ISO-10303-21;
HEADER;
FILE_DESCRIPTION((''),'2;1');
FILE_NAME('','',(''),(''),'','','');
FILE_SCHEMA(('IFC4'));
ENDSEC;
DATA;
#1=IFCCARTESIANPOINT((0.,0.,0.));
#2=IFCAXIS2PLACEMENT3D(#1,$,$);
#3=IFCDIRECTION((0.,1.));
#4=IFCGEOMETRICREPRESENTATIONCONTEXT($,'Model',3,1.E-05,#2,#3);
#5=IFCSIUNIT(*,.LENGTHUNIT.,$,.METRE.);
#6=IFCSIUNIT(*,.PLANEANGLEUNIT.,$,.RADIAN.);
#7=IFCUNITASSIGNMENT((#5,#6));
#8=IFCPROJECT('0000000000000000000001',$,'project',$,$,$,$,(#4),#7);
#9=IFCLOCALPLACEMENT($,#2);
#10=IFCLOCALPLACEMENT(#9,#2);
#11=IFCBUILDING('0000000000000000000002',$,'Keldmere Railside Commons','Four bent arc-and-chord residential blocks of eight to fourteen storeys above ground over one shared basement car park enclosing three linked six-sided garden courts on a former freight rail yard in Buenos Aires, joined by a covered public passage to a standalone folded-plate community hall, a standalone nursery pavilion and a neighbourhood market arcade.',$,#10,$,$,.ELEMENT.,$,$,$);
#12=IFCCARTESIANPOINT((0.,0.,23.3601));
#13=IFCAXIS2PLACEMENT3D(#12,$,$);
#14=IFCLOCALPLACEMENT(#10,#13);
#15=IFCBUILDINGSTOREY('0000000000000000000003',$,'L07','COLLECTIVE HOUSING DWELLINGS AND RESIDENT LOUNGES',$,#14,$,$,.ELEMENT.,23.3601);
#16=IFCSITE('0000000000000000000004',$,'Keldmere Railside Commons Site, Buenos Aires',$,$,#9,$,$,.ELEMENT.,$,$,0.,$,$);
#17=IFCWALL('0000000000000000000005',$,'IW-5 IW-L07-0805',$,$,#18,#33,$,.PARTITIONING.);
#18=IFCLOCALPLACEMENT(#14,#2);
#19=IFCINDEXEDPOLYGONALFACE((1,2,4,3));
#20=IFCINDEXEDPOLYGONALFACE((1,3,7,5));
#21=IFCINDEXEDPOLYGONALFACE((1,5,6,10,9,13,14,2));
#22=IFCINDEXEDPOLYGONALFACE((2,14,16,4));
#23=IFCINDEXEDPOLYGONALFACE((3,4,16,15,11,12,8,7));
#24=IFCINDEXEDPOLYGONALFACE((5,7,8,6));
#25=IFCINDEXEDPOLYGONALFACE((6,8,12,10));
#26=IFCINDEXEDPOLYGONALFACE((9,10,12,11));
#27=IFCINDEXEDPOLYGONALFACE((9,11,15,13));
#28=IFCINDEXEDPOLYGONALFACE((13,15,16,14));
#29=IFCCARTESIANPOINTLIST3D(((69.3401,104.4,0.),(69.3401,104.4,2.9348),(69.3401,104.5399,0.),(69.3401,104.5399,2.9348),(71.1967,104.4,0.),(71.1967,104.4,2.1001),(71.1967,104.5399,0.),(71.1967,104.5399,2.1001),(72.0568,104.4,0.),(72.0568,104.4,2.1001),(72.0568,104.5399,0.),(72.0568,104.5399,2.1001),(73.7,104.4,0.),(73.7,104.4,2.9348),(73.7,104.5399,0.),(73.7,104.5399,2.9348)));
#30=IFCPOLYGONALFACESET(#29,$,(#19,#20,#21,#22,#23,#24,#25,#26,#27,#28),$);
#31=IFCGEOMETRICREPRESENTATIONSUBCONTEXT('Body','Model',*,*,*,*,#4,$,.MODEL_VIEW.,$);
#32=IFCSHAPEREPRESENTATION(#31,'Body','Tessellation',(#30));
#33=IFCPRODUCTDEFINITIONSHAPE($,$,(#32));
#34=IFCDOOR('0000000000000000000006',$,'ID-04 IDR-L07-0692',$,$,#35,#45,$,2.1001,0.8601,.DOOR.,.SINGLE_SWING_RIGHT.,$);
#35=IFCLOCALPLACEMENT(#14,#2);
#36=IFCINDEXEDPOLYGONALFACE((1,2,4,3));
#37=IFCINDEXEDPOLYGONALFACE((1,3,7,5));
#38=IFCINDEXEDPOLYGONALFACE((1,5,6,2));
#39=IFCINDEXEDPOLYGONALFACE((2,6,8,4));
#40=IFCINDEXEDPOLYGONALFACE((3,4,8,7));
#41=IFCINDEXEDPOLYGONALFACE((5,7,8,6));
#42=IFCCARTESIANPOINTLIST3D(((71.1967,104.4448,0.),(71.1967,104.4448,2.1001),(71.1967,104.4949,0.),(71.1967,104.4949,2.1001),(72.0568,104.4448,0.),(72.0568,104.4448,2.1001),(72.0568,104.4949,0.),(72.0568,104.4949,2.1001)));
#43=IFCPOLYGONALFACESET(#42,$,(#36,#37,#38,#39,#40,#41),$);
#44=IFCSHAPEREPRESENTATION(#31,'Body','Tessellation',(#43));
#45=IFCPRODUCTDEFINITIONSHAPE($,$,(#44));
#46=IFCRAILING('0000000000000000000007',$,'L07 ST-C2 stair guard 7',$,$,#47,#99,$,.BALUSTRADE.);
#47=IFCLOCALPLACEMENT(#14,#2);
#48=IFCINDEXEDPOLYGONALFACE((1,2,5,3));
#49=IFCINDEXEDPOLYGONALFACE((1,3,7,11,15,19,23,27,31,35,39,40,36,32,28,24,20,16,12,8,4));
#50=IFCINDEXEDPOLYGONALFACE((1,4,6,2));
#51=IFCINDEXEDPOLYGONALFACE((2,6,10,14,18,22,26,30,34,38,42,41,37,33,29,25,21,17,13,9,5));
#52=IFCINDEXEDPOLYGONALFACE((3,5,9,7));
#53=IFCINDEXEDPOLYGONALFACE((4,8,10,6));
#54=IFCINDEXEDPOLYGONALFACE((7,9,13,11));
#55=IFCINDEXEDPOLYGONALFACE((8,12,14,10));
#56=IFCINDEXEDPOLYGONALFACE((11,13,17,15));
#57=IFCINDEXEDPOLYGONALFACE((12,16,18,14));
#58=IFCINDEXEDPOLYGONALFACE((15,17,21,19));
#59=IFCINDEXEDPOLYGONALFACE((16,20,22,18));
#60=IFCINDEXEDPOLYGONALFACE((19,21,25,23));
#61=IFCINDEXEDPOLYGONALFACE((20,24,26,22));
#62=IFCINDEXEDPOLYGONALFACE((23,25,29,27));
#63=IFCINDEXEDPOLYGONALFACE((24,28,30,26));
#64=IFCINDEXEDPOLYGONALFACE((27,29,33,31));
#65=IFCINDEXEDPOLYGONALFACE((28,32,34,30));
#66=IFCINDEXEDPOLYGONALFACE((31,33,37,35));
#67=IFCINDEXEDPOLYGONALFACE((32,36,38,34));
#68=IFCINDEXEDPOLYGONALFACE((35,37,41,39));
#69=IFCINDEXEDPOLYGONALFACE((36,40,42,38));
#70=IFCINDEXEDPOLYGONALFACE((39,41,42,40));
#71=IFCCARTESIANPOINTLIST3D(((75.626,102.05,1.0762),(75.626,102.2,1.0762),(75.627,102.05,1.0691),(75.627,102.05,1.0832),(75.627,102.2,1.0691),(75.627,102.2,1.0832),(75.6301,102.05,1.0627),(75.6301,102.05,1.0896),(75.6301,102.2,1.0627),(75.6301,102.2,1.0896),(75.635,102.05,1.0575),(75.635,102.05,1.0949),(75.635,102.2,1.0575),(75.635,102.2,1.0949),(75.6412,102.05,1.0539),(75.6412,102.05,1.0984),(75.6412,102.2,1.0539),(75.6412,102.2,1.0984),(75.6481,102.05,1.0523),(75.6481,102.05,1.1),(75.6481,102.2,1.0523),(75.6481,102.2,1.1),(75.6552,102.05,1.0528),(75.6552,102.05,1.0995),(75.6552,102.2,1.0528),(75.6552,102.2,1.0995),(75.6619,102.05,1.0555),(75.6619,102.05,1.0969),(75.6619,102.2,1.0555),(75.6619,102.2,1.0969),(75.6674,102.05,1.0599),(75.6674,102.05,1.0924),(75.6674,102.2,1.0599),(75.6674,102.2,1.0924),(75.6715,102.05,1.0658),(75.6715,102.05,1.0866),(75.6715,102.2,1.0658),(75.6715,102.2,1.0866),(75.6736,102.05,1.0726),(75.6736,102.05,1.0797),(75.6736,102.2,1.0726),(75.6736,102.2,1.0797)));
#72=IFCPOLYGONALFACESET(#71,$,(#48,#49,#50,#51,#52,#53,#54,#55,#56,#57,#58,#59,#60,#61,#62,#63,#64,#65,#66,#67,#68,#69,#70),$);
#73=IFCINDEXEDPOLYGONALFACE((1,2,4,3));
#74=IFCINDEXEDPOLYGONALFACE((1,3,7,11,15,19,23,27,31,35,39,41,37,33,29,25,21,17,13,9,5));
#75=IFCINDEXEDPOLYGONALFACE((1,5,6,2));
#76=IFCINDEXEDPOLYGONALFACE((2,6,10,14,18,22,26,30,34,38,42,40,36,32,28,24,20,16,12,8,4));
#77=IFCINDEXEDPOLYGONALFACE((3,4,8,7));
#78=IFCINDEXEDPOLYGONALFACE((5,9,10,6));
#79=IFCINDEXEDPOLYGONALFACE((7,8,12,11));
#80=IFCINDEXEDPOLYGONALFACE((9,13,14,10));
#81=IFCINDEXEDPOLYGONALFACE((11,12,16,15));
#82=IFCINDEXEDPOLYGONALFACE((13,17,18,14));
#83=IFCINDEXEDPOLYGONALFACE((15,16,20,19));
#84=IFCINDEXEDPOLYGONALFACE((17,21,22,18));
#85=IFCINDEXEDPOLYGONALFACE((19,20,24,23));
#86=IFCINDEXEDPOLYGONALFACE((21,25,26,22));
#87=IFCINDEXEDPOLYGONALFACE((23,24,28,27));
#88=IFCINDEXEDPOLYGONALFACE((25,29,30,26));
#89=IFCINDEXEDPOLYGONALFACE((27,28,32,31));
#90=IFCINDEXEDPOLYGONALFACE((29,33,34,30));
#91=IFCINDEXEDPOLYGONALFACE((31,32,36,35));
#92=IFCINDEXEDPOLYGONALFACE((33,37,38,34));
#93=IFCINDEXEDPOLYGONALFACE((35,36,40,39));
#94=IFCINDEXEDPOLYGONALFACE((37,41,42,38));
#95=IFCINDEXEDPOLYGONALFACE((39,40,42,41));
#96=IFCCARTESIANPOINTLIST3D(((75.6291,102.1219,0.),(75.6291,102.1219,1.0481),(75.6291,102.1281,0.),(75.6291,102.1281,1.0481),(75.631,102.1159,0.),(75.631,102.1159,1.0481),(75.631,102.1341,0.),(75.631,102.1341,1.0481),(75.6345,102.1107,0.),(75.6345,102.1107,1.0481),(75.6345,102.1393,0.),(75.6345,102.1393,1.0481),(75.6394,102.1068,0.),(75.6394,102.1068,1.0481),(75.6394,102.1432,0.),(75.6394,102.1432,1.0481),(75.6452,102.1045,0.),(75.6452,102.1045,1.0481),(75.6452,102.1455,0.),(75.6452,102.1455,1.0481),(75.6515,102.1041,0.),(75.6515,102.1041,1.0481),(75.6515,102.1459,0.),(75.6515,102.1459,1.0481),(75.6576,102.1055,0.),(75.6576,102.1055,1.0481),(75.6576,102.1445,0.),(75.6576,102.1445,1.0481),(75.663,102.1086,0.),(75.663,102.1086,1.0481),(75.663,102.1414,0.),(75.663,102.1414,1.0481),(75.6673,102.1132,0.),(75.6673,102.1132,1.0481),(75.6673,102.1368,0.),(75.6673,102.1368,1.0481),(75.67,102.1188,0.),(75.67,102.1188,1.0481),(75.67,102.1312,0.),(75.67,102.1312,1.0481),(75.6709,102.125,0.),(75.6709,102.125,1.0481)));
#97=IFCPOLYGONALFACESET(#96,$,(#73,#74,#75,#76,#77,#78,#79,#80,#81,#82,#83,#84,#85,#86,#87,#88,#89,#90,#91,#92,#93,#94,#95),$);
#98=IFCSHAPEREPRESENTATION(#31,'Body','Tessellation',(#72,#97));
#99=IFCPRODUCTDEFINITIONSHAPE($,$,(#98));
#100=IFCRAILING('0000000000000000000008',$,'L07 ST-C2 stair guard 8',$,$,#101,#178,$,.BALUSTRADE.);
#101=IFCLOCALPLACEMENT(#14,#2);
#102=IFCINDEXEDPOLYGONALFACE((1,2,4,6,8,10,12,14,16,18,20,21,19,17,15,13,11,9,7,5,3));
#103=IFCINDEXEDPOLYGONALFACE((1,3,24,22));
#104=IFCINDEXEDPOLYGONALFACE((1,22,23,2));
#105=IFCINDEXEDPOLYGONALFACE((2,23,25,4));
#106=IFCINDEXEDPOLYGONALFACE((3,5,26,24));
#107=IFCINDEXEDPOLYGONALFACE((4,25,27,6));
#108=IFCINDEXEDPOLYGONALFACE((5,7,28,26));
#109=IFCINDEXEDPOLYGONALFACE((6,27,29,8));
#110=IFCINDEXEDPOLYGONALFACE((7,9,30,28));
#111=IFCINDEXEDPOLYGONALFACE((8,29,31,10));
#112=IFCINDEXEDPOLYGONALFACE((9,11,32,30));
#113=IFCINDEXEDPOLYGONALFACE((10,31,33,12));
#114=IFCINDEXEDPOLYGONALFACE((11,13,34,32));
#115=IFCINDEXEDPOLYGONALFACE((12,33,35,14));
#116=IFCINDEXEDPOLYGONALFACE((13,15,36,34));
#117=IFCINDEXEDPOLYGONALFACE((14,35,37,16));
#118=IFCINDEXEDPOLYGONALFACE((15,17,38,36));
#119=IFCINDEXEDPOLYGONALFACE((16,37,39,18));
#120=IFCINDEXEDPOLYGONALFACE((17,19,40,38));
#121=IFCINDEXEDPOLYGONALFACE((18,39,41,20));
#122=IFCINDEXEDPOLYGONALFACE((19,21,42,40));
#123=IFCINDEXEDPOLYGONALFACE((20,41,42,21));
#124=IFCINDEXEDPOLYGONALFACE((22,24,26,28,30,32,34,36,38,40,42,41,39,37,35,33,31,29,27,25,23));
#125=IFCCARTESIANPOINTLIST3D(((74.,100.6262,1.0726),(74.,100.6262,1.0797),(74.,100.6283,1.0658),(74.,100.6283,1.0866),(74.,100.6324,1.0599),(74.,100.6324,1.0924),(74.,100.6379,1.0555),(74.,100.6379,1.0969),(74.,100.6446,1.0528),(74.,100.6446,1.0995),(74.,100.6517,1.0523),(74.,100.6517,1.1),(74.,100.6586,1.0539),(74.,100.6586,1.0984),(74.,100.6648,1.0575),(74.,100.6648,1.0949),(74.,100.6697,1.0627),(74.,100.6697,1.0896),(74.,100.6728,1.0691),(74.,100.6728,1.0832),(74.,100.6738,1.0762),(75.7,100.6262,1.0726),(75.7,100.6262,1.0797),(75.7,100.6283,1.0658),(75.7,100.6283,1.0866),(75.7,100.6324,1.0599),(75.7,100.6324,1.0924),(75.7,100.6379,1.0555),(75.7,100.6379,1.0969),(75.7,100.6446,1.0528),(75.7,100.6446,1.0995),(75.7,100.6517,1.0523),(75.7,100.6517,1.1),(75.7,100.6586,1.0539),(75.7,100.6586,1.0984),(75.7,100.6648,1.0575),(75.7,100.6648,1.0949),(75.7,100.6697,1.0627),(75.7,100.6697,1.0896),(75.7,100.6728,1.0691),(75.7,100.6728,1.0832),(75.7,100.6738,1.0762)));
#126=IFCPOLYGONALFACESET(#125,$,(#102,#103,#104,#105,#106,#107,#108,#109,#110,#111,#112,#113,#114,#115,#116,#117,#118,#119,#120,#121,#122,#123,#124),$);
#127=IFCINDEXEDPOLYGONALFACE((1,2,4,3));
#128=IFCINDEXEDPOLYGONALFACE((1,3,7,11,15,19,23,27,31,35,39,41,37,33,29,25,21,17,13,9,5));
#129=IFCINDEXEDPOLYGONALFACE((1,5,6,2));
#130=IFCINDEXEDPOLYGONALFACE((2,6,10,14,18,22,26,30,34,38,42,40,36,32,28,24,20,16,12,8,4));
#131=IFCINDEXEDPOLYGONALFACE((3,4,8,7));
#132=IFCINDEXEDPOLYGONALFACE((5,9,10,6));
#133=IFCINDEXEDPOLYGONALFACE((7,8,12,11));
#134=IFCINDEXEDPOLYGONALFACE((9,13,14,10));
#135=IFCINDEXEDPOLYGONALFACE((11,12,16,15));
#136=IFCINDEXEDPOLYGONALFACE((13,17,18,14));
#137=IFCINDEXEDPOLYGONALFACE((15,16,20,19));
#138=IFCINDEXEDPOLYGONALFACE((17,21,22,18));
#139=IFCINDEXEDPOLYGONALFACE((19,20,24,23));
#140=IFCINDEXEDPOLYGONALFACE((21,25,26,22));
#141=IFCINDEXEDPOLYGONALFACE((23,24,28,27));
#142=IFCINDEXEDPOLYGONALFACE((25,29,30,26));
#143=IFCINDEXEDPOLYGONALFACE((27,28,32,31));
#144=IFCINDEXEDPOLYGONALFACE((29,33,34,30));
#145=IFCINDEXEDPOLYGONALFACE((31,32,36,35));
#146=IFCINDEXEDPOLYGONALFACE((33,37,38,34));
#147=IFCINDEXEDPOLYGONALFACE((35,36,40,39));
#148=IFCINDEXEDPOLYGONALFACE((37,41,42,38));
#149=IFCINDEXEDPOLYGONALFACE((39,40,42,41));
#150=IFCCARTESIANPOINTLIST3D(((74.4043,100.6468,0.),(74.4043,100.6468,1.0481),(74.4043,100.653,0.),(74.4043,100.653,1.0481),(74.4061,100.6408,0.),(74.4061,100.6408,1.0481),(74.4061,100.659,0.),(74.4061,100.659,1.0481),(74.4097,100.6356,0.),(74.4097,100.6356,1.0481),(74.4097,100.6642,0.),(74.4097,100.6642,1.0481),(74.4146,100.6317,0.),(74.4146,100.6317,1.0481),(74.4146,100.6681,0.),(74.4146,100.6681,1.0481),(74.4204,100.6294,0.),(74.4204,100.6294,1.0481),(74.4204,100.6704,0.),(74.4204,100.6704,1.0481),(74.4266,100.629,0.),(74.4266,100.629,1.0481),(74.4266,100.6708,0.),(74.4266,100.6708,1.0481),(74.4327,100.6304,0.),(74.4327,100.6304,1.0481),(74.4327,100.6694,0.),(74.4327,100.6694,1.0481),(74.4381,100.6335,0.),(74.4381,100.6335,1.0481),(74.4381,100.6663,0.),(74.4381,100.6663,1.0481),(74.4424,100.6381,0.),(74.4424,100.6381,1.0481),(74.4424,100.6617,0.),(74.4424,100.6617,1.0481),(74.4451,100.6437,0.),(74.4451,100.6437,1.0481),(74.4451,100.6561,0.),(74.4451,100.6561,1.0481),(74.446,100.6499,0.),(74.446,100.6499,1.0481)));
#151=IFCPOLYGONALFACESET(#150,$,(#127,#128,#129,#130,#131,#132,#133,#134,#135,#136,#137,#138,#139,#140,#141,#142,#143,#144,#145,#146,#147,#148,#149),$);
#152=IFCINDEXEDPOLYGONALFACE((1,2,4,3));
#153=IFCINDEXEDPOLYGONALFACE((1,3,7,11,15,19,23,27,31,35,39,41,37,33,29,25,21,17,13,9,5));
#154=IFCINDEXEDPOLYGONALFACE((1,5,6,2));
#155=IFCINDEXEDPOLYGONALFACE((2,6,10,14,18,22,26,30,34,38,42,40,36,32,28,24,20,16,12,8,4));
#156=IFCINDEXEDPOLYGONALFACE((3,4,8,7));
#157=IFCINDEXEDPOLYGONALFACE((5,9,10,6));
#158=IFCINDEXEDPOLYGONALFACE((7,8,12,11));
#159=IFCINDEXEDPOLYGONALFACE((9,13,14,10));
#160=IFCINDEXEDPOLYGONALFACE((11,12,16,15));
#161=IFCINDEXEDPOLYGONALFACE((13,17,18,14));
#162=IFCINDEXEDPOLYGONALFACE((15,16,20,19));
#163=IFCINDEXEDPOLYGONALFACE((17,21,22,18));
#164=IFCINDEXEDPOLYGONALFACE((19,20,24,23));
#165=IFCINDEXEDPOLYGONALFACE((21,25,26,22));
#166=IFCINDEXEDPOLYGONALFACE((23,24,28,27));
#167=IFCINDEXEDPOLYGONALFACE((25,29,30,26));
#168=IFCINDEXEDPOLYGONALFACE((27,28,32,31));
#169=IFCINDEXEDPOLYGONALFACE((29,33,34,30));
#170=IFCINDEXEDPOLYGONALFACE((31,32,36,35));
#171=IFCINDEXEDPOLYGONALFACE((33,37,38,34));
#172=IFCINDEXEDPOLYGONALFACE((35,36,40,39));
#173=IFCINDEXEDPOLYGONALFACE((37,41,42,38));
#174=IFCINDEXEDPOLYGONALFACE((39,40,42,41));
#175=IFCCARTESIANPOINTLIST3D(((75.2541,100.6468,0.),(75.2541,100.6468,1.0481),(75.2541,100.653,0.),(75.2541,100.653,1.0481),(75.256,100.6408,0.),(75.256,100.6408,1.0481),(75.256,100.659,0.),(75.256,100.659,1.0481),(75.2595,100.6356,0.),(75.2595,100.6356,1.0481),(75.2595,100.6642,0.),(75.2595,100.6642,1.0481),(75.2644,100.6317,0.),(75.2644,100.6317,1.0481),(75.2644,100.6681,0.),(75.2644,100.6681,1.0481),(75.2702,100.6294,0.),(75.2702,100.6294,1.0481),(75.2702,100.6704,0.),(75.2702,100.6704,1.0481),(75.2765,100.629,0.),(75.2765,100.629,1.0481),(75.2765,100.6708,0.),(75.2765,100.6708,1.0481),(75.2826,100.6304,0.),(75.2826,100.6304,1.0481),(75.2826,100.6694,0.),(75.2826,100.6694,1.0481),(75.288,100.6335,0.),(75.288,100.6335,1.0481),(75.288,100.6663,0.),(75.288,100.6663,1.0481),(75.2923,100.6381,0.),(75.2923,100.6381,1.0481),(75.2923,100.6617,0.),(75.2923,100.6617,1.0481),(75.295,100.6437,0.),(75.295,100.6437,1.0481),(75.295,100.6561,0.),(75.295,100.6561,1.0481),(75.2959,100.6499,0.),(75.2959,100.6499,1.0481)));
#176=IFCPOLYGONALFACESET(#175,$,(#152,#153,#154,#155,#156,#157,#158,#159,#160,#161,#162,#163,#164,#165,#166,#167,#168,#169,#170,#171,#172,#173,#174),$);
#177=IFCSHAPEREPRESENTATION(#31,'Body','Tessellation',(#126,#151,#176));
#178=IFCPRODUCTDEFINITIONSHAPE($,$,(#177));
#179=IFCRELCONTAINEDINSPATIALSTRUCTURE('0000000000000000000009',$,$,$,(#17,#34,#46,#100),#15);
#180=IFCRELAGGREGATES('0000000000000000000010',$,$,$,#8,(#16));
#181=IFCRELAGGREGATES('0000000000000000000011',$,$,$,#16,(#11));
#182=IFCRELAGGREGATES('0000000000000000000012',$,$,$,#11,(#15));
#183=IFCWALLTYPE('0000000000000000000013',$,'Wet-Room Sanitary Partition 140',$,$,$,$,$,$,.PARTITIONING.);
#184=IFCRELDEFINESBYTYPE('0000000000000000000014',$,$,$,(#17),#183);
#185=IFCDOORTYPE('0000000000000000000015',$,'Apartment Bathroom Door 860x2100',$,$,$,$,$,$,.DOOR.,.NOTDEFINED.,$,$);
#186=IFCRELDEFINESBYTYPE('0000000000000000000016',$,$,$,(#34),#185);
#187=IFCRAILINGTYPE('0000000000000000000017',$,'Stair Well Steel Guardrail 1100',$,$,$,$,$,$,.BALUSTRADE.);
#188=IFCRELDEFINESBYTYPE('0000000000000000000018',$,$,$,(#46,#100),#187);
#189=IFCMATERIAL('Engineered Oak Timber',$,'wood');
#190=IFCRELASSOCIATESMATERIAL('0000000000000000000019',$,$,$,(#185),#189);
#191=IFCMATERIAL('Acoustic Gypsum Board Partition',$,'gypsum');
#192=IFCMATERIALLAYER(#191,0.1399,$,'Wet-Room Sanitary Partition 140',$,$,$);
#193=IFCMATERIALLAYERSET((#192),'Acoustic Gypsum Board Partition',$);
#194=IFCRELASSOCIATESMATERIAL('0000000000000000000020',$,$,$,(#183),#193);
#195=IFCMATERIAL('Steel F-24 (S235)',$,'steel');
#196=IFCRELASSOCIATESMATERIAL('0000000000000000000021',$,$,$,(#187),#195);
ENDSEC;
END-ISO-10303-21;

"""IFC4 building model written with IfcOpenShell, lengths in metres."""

from ifc_helpers import new_model, si_unit, direction, frame, frame_2d, origin, origin_2d, place, context, subcontext, project, spatial, rectangle, circle, extrude, material, layer, layer_set, type_object, element, fill, save


model = new_model("IFC4")

# Units and contexts
model_context = context("Model", 3, precision=1e-05, world=origin(), true_north=direction((0.0, 1.0)))
body_context = subcontext(model_context, "Body", "Model", "MODEL_VIEW")
ifc_project = project(units=[si_unit("LENGTHUNIT", "METRE"), si_unit("PLANEANGLEUNIT", "RADIAN")], contexts=[model_context])

# Site, building, storey
site_placement = place(None, origin())
site = spatial("IfcSite", under=ifc_project, at=site_placement, Name="Keldmere Railside Commons Site, Buenos Aires", CompositionType="ELEMENT", RefElevation=0.0)
building_placement = place(site_placement, origin())
building = spatial("IfcBuilding", under=site, at=building_placement, Name="Keldmere Railside Commons", Description="Four bent arc-and-chord residential blocks of eight to fourteen storeys above ground over one shared basement car park enclosing three linked six-sided garden courts on a former freight rail yard in Buenos Aires, joined by a covered public passage to a standalone folded-plate community hall, a standalone nursery pavilion and a neighbourhood market arcade.", CompositionType="ELEMENT")
storey_placement = place(building_placement, frame((0.0, 0.0, 23.3601)))
storey = spatial("IfcBuildingStorey", under=building, at=storey_placement, Name="L07", Description="COLLECTIVE HOUSING DWELLINGS AND RESIDENT LOUNGES", CompositionType="ELEMENT", Elevation=23.3601)

# Shared definitions
ifc_material_1 = material(Name="Acoustic Gypsum Board Partition", Category="gypsum")
ifc_material_2 = material(Name="Engineered Oak Timber", Category="wood")
door_type_1 = type_object("IfcDoorType", Name="Apartment Bathroom Door 860x2100", OperationType="NOTDEFINED", PredefinedType="DOOR", material=ifc_material_2)

# Wall, opening, door
ifc_layer_1 = layer(ifc_material_1, 0.1399, Name="Wet-Room Sanitary Partition 140")
ifc_layer_set_1 = layer_set([ifc_layer_1], Name="Acoustic Gypsum Board Partition")
wall_type_1 = type_object("IfcWallType", Name="Wet-Room Sanitary Partition 140", PredefinedType="PARTITIONING", material=ifc_layer_set_1)
wall_1_placement = place(storey_placement, frame((69.3401, 104.47, 0.0), z_axis=(0.0, 0.0, 1.0), x_axis=(1.0, 0.0, 0.0)))
wall_1 = element("IfcWall", 1, at=wall_1_placement, inside=storey, type_object=wall_type_1, Name="IW-5 IW-L07-0805", PredefinedType="PARTITIONING", context=body_context, shape_type="SweptSolid", body=[
    extrude(rectangle(XDim=4.3599, YDim=0.1399, at=frame_2d((2.1799, 0.0))), origin(), (0.0, 0.0, 1.0), 2.9348),
])
opening_1_placement = place(wall_1_placement, frame((1.8564, 0.0, 0.0)))
opening_1 = element("IfcOpeningElement", 2, at=opening_1_placement, cuts=wall_1, PredefinedType="OPENING", context=body_context, shape_type="SweptSolid", body=[
    extrude(rectangle(XDim=0.8601, YDim=2.1001, at=frame_2d((0.4302, 1.05))), frame((0.0, 0.0798, 0.0), z_axis=(0.0, -1.0, 0.0), x_axis=(1.0, 0.0, 0.0)), (0.0, 0.0, 1.0), 0.1599),
])
door_1_placement = place(opening_1_placement, origin())
door_1 = element("IfcDoor", 3, at=door_1_placement, inside=storey, type_object=door_type_1, Name="ID-04 IDR-L07-0692", OperationType="SINGLE_SWING_RIGHT", OverallHeight=2.1001, OverallWidth=0.8601, PredefinedType="DOOR", context=body_context, shape_type="SweptSolid", body=[
    extrude(rectangle(XDim=0.8601, YDim=2.1001, at=frame_2d((0.4302, 1.05))), frame((0.0, 0.0249, 0.0), z_axis=(0.0, -1.0, 0.0), x_axis=(1.0, 0.0, 0.0)), (0.0, 0.0, 1.0), 0.05),
])
fill(opening_1, door_1)

# Railings
ifc_material_3 = material(Name="Steel F-24 (S235)", Category="steel")
railing_type_1 = type_object("IfcRailingType", Name="Stair Well Steel Guardrail 1100", PredefinedType="BALUSTRADE", material=ifc_material_3)
railing_1_placement = place(storey_placement, frame((75.6499, 102.05, 0.0)))
element("IfcRailing", 4, at=railing_1_placement, inside=storey, type_object=railing_type_1, Name="L07 ST-C2 stair guard 7", PredefinedType="BALUSTRADE", context=body_context, shape_type="SweptSolid", body=[
    extrude(circle(Radius=0.0239, at=origin_2d()), frame((0.0, 0.0, 1.0762), z_axis=(0.0, 1.0, 0.0), x_axis=(-1.0, 0.0, 0.0)), (0.0, 0.0, 1.0), 0.1499),
    extrude(circle(Radius=0.021, at=origin_2d()), frame((0.0, 0.075, 0.0)), (0.0, 0.0, 1.0), 1.0481),
])
for number, where, name in (
    (5, (74.0, 100.6499, 0.0), "L07 ST-C2 stair guard 8"),
):
    element("IfcRailing", number, at=place(storey_placement, frame(where)), inside=storey, type_object=railing_type_1, Name=name, PredefinedType="BALUSTRADE", context=body_context, shape_type="SweptSolid", body=[
        extrude(circle(Radius=0.0239, at=origin_2d()), frame((0.0, 0.0, 1.0762), z_axis=(1.0, 0.0, 0.0), x_axis=(0.0, 1.0, 0.0)), (0.0, 0.0, 1.0), 1.7),
        extrude(circle(Radius=0.021, at=origin_2d()), frame((0.425, 0.0, 0.0)), (0.0, 0.0, 1.0), 1.0481),
        extrude(circle(Radius=0.021, at=origin_2d()), frame((1.2749, 0.0, 0.0)), (0.0, 0.0, 1.0), 1.0481),
    ])

save(model, "model.ifc")
